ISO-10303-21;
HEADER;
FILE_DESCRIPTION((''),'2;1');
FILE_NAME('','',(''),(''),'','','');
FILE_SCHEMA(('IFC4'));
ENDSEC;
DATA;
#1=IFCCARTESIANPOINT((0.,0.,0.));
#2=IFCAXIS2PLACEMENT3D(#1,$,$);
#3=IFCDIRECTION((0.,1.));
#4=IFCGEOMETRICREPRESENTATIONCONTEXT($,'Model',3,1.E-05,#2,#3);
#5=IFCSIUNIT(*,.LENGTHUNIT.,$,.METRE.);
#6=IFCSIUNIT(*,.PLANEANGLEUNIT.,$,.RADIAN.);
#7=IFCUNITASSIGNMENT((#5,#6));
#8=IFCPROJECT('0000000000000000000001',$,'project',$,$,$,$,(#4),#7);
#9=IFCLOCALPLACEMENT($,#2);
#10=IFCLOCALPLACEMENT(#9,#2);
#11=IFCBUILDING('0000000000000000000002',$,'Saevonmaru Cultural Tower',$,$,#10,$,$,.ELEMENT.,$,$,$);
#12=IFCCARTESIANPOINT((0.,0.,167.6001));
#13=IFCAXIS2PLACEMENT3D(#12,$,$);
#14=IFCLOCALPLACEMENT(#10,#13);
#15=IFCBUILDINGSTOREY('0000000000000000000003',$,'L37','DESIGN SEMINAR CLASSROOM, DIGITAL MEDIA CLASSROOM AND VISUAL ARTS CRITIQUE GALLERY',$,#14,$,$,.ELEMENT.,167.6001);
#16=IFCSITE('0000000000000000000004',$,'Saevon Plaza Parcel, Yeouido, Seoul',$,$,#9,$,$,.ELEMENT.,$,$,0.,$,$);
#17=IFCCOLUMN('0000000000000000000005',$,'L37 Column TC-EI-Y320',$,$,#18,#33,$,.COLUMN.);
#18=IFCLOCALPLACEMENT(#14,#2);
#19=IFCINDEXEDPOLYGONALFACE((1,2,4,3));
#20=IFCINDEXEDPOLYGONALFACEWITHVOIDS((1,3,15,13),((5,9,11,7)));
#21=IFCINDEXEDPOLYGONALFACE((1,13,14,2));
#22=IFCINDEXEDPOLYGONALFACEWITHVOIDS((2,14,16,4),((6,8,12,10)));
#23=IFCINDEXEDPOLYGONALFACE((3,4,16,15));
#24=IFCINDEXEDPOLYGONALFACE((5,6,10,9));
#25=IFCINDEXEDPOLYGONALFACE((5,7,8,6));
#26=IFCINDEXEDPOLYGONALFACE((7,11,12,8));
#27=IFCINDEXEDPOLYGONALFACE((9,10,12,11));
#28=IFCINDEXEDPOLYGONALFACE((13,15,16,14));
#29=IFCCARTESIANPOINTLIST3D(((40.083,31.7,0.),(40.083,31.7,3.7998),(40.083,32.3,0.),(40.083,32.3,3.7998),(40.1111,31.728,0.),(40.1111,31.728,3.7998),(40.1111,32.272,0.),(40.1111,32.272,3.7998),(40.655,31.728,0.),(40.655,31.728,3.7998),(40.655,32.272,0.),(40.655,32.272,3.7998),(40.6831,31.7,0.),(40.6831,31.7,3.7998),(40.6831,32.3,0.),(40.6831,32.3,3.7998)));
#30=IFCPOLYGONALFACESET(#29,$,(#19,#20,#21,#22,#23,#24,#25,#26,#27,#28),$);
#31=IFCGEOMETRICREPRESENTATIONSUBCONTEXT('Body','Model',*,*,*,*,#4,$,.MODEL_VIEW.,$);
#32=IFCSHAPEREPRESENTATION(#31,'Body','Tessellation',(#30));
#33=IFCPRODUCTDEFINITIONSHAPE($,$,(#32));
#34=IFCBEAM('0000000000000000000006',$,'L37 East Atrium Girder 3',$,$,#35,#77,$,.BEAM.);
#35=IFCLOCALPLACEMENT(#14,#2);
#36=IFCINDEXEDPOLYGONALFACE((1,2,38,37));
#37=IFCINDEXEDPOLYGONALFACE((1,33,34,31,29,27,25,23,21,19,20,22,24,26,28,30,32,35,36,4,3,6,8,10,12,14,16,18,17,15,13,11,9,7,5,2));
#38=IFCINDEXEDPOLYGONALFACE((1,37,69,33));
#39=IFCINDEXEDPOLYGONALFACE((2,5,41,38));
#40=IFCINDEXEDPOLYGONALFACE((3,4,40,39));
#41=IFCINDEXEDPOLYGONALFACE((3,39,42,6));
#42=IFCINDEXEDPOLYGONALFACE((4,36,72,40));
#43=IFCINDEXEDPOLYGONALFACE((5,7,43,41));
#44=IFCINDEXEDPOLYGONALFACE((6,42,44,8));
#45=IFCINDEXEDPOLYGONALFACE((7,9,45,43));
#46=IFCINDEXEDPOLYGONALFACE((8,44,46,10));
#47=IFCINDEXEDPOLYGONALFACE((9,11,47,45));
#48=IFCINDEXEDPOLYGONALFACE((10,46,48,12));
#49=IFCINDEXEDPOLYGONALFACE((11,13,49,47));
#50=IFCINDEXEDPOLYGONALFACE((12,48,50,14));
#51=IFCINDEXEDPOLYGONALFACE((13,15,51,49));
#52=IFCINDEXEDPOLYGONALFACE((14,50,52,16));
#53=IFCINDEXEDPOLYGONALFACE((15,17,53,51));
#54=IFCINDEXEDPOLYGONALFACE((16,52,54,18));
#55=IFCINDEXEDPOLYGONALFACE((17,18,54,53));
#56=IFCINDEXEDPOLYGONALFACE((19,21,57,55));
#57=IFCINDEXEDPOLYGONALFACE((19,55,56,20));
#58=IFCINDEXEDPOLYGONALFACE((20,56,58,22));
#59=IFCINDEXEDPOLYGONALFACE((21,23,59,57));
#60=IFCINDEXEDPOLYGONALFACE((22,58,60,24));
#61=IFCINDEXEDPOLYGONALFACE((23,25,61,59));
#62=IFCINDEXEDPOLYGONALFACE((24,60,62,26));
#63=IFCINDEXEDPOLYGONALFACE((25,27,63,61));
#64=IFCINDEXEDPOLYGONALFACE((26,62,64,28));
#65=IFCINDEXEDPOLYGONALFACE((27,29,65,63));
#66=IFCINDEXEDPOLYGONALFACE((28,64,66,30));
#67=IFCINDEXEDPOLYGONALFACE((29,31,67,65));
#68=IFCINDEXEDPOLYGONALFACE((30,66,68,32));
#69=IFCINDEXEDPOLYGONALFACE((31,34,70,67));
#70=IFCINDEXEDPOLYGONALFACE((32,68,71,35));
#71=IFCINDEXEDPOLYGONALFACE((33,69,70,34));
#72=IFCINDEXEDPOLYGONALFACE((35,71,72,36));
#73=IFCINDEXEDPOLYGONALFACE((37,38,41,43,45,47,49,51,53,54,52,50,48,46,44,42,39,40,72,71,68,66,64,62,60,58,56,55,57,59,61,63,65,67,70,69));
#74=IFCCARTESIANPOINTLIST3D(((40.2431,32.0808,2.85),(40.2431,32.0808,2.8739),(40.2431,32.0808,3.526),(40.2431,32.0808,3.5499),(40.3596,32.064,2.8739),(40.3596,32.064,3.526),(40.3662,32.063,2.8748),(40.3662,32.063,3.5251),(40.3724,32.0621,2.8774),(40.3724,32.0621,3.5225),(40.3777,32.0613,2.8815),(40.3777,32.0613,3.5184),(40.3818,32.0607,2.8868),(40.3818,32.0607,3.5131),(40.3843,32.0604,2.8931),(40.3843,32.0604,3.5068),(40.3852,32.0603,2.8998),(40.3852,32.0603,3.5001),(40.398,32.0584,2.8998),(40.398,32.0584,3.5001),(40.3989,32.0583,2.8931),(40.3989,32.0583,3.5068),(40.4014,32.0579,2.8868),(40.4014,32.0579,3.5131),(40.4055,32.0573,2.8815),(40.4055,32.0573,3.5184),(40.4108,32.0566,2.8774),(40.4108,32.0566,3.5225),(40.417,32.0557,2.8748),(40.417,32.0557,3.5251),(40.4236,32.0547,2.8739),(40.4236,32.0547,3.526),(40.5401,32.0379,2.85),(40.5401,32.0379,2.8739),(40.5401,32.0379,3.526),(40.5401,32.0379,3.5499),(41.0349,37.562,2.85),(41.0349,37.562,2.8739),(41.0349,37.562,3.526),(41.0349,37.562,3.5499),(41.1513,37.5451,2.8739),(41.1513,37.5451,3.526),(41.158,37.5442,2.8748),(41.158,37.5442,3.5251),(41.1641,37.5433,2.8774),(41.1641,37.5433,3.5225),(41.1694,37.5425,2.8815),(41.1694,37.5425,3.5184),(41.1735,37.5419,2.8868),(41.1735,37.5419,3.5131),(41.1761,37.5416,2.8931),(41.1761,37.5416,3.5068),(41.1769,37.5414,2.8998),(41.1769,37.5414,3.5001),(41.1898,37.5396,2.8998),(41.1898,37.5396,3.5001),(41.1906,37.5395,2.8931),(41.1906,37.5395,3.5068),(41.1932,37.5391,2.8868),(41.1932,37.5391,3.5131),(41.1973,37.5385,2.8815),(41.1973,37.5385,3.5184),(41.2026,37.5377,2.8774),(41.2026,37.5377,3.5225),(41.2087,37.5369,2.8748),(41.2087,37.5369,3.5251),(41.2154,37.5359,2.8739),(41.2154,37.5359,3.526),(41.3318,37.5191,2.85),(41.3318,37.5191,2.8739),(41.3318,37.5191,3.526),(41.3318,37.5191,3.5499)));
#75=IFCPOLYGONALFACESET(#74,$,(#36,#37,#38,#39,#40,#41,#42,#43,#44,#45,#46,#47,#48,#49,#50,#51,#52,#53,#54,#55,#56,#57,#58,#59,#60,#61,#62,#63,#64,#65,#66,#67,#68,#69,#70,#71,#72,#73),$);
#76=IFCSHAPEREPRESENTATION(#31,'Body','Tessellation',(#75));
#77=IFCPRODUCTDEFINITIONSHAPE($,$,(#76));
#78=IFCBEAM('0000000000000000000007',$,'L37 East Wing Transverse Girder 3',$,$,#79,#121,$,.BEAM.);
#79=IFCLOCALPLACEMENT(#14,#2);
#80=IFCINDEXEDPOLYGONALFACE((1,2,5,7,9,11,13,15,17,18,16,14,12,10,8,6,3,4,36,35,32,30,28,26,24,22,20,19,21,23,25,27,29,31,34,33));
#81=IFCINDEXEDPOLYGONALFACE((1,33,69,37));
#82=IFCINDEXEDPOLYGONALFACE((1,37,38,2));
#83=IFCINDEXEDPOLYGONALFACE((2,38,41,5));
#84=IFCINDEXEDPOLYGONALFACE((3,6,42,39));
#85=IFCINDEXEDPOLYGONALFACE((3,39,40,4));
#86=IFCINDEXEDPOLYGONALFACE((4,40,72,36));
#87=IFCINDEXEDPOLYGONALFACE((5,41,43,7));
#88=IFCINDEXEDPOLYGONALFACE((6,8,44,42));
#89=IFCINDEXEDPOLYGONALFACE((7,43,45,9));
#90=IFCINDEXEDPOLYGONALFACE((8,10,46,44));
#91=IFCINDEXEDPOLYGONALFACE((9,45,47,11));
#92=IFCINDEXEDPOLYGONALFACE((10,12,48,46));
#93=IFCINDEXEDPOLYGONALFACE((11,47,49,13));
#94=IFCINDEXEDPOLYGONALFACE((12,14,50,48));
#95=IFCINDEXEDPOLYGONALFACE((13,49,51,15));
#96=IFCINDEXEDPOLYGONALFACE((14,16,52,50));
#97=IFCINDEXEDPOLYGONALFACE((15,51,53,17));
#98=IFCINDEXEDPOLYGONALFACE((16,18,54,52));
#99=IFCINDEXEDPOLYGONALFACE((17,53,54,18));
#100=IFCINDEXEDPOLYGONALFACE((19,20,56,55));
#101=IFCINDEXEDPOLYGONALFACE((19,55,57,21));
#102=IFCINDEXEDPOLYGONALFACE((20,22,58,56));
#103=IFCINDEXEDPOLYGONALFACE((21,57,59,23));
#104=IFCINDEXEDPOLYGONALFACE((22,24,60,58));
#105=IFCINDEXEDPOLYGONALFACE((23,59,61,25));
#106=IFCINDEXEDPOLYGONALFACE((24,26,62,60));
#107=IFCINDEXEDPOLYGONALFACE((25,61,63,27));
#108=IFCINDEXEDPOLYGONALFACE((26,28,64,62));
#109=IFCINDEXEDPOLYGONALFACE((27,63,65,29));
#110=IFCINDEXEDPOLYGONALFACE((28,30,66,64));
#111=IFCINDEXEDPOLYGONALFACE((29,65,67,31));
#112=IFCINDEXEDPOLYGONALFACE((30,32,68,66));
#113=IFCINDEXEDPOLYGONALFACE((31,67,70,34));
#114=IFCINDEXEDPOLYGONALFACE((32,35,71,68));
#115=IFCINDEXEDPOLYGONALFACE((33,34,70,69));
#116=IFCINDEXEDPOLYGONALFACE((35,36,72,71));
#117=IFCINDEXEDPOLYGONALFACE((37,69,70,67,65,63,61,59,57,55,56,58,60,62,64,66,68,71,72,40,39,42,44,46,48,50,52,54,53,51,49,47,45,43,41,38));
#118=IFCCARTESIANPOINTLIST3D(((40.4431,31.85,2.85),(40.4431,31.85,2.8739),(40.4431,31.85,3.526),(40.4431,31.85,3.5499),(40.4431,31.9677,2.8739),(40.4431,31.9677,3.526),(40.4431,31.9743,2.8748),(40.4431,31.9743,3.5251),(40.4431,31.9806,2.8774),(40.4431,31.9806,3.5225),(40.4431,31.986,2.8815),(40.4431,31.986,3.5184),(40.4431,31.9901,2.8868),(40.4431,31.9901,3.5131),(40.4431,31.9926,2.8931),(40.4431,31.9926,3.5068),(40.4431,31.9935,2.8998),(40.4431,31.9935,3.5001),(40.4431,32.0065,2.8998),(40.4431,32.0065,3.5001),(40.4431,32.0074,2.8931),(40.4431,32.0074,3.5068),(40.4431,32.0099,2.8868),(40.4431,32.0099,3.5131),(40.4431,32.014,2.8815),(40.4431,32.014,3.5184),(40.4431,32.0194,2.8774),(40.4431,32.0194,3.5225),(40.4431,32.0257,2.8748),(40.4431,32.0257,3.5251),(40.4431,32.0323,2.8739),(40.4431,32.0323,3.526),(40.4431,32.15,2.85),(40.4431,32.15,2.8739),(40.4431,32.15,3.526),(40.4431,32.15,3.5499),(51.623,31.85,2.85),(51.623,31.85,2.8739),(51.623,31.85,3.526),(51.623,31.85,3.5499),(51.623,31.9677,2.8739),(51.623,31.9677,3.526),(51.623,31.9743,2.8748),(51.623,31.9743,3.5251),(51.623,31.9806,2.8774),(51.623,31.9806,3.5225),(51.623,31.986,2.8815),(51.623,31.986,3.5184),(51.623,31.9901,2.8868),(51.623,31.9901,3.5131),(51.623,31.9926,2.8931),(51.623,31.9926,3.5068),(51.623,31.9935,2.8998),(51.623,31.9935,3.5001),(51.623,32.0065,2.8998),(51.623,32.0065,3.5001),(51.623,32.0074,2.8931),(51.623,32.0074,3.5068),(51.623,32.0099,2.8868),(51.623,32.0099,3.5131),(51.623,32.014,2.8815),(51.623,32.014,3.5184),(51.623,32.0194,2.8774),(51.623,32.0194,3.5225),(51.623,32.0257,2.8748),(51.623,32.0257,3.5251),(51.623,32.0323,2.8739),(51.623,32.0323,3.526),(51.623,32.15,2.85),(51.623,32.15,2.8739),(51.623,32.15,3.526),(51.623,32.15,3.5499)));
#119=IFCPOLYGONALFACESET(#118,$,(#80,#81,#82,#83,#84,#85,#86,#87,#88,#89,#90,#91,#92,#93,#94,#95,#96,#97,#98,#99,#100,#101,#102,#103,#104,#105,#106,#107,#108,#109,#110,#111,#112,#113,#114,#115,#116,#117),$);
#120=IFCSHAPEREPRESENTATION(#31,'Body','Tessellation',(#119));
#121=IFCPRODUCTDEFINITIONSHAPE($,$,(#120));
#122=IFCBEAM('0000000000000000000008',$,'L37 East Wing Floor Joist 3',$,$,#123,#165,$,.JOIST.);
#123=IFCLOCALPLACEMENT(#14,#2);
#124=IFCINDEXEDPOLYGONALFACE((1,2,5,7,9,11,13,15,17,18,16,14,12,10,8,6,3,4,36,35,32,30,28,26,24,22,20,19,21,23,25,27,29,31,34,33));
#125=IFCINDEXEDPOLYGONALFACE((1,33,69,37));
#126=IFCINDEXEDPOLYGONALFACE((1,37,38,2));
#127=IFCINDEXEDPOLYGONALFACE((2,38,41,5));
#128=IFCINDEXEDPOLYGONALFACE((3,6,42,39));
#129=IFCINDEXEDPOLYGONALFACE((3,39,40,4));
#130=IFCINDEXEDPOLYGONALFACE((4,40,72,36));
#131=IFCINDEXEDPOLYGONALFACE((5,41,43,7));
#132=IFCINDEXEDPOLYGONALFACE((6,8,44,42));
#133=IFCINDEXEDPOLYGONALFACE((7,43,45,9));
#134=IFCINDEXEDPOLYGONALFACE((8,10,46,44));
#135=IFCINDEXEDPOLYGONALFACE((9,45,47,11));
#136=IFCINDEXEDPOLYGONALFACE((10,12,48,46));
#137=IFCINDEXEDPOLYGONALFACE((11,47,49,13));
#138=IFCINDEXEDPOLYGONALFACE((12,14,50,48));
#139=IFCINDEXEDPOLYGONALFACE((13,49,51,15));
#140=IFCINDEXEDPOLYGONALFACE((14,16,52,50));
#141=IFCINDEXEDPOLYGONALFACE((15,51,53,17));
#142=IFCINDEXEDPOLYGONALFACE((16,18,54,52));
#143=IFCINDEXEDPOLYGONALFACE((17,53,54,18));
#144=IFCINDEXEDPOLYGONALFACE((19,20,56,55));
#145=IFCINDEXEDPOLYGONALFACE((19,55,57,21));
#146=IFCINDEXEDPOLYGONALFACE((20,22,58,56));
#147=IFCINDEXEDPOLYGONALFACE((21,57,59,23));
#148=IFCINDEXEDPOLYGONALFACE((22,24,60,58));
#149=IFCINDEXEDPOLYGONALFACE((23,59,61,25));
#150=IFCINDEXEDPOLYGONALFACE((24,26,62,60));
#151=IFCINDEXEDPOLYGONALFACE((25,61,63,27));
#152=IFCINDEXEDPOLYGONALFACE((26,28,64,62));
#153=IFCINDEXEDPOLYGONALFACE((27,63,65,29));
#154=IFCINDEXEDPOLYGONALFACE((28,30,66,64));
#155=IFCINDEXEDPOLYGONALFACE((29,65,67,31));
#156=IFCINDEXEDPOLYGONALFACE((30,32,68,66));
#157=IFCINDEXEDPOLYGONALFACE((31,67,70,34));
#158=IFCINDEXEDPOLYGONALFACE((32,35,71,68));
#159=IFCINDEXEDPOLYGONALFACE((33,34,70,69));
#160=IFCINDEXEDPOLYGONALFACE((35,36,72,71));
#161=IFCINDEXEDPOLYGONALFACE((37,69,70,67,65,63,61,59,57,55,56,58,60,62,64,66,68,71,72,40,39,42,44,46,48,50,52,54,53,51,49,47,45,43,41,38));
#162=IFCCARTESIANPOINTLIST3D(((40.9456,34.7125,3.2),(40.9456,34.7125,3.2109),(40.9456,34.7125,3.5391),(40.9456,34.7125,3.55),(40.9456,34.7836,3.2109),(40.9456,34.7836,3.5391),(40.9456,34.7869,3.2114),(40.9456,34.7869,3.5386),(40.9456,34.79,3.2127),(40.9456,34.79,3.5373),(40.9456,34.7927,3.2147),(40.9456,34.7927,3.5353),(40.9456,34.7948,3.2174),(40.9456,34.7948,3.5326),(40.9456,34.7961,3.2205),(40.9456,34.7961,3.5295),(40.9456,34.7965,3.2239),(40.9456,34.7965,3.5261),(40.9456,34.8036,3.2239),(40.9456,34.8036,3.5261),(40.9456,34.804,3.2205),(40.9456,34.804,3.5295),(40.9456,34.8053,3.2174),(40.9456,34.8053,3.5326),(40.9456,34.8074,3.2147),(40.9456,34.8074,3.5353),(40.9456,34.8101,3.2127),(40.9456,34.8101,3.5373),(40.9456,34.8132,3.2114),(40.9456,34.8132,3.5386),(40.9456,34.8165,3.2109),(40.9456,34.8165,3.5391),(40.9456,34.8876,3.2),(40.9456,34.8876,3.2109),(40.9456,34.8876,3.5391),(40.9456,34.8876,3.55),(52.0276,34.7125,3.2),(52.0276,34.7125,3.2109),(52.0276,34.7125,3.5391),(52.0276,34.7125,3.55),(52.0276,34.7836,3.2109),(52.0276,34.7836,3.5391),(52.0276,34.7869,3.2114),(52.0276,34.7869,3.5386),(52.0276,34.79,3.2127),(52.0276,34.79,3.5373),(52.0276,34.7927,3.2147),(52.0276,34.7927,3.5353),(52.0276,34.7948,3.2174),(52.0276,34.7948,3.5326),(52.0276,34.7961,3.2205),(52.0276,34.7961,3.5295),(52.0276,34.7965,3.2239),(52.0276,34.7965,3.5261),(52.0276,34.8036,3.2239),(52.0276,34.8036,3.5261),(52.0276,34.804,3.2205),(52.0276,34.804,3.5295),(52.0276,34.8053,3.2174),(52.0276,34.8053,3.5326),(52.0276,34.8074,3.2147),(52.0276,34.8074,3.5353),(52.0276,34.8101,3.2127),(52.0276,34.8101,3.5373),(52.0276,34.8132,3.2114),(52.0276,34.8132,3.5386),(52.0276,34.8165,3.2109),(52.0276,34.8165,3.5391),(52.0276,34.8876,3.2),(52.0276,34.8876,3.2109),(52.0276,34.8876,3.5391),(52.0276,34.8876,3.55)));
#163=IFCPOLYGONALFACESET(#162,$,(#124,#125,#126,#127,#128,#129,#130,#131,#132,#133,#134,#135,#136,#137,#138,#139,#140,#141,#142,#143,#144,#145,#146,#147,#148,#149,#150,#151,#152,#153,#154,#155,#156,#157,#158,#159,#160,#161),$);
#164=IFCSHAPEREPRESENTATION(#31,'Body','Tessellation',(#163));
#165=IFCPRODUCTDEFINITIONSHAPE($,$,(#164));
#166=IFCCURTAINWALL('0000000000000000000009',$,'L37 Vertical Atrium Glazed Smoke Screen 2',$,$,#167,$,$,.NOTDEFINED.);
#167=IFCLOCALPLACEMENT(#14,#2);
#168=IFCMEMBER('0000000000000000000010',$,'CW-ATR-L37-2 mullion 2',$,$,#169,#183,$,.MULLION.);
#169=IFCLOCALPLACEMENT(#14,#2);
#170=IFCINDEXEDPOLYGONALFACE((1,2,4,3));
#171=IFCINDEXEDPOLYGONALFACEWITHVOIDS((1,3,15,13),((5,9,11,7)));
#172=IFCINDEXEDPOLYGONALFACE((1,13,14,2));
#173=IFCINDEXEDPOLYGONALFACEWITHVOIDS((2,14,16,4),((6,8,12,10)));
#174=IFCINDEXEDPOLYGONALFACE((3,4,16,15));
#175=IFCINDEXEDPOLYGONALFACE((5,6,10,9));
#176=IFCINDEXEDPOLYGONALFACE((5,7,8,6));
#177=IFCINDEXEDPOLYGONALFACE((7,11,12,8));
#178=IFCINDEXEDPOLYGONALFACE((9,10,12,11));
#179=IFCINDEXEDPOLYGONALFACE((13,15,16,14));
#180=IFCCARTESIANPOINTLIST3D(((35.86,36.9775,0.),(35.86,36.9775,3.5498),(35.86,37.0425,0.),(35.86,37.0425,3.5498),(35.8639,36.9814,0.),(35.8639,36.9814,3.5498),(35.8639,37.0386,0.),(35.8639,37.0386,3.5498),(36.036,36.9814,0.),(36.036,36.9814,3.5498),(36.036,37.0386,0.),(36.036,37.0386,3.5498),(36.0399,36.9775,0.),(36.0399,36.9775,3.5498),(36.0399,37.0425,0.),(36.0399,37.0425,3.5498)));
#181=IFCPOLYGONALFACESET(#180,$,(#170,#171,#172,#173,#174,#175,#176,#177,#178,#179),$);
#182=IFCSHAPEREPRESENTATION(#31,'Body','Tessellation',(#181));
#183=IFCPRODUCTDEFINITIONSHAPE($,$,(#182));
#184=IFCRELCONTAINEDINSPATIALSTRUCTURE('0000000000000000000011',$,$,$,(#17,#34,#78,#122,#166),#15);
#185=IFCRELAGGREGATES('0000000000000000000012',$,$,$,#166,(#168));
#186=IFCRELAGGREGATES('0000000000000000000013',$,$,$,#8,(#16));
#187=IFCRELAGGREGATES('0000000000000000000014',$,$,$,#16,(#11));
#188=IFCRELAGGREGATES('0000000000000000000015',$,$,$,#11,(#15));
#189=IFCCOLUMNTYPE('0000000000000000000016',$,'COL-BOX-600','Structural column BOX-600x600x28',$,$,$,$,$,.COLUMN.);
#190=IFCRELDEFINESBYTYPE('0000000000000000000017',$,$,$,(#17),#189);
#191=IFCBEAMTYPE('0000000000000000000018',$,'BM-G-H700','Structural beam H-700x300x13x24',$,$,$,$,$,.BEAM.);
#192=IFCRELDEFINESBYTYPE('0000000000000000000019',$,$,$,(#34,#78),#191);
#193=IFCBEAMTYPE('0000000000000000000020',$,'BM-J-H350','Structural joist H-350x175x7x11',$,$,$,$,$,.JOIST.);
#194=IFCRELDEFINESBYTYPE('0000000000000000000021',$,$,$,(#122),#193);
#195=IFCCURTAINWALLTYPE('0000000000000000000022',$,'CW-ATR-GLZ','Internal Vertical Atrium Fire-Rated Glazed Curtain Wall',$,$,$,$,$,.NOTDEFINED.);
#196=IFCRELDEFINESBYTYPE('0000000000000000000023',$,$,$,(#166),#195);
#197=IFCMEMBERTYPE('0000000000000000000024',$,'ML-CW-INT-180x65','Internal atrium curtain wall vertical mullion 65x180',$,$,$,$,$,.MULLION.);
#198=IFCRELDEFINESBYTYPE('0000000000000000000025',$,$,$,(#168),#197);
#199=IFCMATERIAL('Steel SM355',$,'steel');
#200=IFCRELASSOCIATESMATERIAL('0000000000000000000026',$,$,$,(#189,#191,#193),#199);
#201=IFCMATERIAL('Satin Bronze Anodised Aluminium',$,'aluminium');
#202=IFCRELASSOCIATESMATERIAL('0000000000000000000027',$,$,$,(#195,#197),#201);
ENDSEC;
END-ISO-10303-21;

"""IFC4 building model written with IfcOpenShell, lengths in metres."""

from ifc_helpers import new_model, si_unit, direction, frame, origin, origin_2d, place, context, subcontext, project, spatial, hollow_rectangle, i_section, extrude, material, material_profile, profile_set, type_object, element, aggregate, save


model = new_model("IFC4")

# Units and contexts
model_context = context("Model", 3, precision=1e-05, world=origin(), true_north=direction((0.0, 1.0)))
body_context = subcontext(model_context, "Body", "Model", "MODEL_VIEW")
ifc_project = project(units=[si_unit("LENGTHUNIT", "METRE"), si_unit("PLANEANGLEUNIT", "RADIAN")], contexts=[model_context])

# Site, building, storey
site_placement = place(None, origin())
site = spatial("IfcSite", under=ifc_project, at=site_placement, Name="Saevon Plaza Parcel, Yeouido, Seoul", CompositionType="ELEMENT", RefElevation=0.0)
building_placement = place(site_placement, origin())
building = spatial("IfcBuilding", under=site, at=building_placement, Name="Saevonmaru Cultural Tower", CompositionType="ELEMENT")
storey_placement = place(building_placement, frame((0.0, 0.0, 167.6001)))
storey = spatial("IfcBuildingStorey", under=building, at=storey_placement, Name="L37", Description="DESIGN SEMINAR CLASSROOM, DIGITAL MEDIA CLASSROOM AND VISUAL ARTS CRITIQUE GALLERY", CompositionType="ELEMENT", Elevation=167.6001)

# Column
ifc_material_1 = material(Name="Steel SM355", Category="steel")
ifc_material_profile_1 = material_profile(ifc_material_1, hollow_rectangle(XDim=0.6001, YDim=0.6001, WallThickness=0.0281, at=origin_2d()), Name="BOX-600x600x28")
ifc_profile_set_1 = profile_set([ifc_material_profile_1], Name="Steel SM355")
column_type = type_object("IfcColumnType", Name="COL-BOX-600", Description="Structural column BOX-600x600x28", PredefinedType="COLUMN", material=ifc_profile_set_1)
column_placement = place(storey_placement, frame((40.3831, 32.0, 0.0), z_axis=(0.0, 0.0, 1.0), x_axis=(1.0, 0.0, 0.0)))
element("IfcColumn", 1, at=column_placement, inside=storey, type_object=column_type, Name="L37 Column TC-EI-Y320", PredefinedType="COLUMN", context=body_context, shape_type="SweptSolid", body=[
    extrude(hollow_rectangle(XDim=0.6001, YDim=0.6001, WallThickness=0.0281, at=origin_2d()), origin(), (0.0, 0.0, 1.0), 3.7998),
])

# Beams
ifc_material_profile_2 = material_profile(ifc_material_1, i_section(OverallWidth=0.3, OverallDepth=0.7, WebThickness=0.0129, FlangeThickness=0.0239, FilletRadius=0.0259, at=origin_2d()), Name="H-700x300x13x24")
ifc_profile_set_2 = profile_set([ifc_material_profile_2], Name="Steel SM355")
beam_type_1 = type_object("IfcBeamType", Name="BM-G-H700", Description="Structural beam H-700x300x13x24", PredefinedType="BEAM", material=ifc_profile_set_2)
beam_1_placement = place(storey_placement, frame((40.3916, 32.0593, 3.2), z_axis=(0.142964, 0.989728, 0.0), x_axis=(-0.989728, 0.142964, 0.0)))
element("IfcBeam", 2, at=beam_1_placement, inside=storey, type_object=beam_type_1, Name="L37 East Atrium Girder 3", PredefinedType="BEAM", context=body_context, shape_type="SweptSolid", body=[
    extrude(i_section(OverallWidth=0.3, OverallDepth=0.7, WebThickness=0.0129, FlangeThickness=0.0239, FilletRadius=0.0259, at=origin_2d()), origin(), (0.0, 0.0, 1.0), 5.5381),
])
beam_2_placement = place(storey_placement, frame((40.4431, 32.0, 3.2), z_axis=(1.0, 0.0, 0.0), x_axis=(0.0, 1.0, 0.0)))
element("IfcBeam", 3, at=beam_2_placement, inside=storey, type_object=beam_type_1, Name="L37 East Wing Transverse Girder 3", PredefinedType="BEAM", context=body_context, shape_type="SweptSolid", body=[
    extrude(i_section(OverallWidth=0.3, OverallDepth=0.7, WebThickness=0.0129, FlangeThickness=0.0239, FilletRadius=0.0259, at=origin_2d()), origin(), (0.0, 0.0, 1.0), 11.1799),
])
ifc_material_profile_3 = material_profile(ifc_material_1, i_section(OverallWidth=0.175, OverallDepth=0.3501, WebThickness=0.0071, FlangeThickness=0.011, FilletRadius=0.0129, at=origin_2d()), Name="H-350x175x7x11")
ifc_profile_set_3 = profile_set([ifc_material_profile_3], Name="Steel SM355")
beam_type_2 = type_object("IfcBeamType", Name="BM-J-H350", Description="Structural joist H-350x175x7x11", PredefinedType="JOIST", material=ifc_profile_set_3)
beam_3_placement = place(storey_placement, frame((40.9456, 34.8, 3.375), z_axis=(1.0, 0.0, 0.0), x_axis=(0.0, 1.0, 0.0)))
element("IfcBeam", 4, at=beam_3_placement, inside=storey, type_object=beam_type_2, Name="L37 East Wing Floor Joist 3", PredefinedType="JOIST", context=body_context, shape_type="SweptSolid", body=[
    extrude(i_section(OverallWidth=0.175, OverallDepth=0.3501, WebThickness=0.0071, FlangeThickness=0.011, FilletRadius=0.0129, at=origin_2d()), origin(), (0.0, 0.0, 1.0), 11.082),
])

# Curtain wall, member
ifc_material_2 = material(Name="Satin Bronze Anodised Aluminium", Category="aluminium")
curtain_wall_type = type_object("IfcCurtainWallType", Name="CW-ATR-GLZ", Description="Internal Vertical Atrium Fire-Rated Glazed Curtain Wall", PredefinedType="NOTDEFINED", material=ifc_material_2)
curtain_wall_1_placement = place(storey_placement, origin())
curtain_wall_1 = element("IfcCurtainWall", 5, at=curtain_wall_1_placement, inside=storey, type_object=curtain_wall_type, Name="L37 Vertical Atrium Glazed Smoke Screen 2", PredefinedType="NOTDEFINED")
ifc_material_profile_4 = material_profile(ifc_material_2, hollow_rectangle(XDim=0.0649, YDim=0.1799, WallThickness=0.0039, at=origin_2d()), Name="ALU-MULL-180x65x4")
ifc_profile_set_4 = profile_set([ifc_material_profile_4], Name="Satin Bronze Anodised Aluminium")
member_type_1 = type_object("IfcMemberType", Name="ML-CW-INT-180x65", Description="Internal atrium curtain wall vertical mullion 65x180", PredefinedType="MULLION", material=ifc_profile_set_4)
member_1_placement = place(storey_placement, frame((35.95, 37.01, 0.0), z_axis=(0.0, 0.0, 1.0), x_axis=(0.0, 1.0, 0.0)))
member_1 = element("IfcMember", 6, at=member_1_placement, type_object=member_type_1, Name="CW-ATR-L37-2 mullion 2", PredefinedType="MULLION", context=body_context, shape_type="SweptSolid", body=[
    extrude(hollow_rectangle(XDim=0.0649, YDim=0.1799, WallThickness=0.0039, at=origin_2d()), origin(), (0.0, 0.0, 1.0), 3.5498),
])

aggregate(curtain_wall_1, [member_1])

save(model, "model.ifc")
